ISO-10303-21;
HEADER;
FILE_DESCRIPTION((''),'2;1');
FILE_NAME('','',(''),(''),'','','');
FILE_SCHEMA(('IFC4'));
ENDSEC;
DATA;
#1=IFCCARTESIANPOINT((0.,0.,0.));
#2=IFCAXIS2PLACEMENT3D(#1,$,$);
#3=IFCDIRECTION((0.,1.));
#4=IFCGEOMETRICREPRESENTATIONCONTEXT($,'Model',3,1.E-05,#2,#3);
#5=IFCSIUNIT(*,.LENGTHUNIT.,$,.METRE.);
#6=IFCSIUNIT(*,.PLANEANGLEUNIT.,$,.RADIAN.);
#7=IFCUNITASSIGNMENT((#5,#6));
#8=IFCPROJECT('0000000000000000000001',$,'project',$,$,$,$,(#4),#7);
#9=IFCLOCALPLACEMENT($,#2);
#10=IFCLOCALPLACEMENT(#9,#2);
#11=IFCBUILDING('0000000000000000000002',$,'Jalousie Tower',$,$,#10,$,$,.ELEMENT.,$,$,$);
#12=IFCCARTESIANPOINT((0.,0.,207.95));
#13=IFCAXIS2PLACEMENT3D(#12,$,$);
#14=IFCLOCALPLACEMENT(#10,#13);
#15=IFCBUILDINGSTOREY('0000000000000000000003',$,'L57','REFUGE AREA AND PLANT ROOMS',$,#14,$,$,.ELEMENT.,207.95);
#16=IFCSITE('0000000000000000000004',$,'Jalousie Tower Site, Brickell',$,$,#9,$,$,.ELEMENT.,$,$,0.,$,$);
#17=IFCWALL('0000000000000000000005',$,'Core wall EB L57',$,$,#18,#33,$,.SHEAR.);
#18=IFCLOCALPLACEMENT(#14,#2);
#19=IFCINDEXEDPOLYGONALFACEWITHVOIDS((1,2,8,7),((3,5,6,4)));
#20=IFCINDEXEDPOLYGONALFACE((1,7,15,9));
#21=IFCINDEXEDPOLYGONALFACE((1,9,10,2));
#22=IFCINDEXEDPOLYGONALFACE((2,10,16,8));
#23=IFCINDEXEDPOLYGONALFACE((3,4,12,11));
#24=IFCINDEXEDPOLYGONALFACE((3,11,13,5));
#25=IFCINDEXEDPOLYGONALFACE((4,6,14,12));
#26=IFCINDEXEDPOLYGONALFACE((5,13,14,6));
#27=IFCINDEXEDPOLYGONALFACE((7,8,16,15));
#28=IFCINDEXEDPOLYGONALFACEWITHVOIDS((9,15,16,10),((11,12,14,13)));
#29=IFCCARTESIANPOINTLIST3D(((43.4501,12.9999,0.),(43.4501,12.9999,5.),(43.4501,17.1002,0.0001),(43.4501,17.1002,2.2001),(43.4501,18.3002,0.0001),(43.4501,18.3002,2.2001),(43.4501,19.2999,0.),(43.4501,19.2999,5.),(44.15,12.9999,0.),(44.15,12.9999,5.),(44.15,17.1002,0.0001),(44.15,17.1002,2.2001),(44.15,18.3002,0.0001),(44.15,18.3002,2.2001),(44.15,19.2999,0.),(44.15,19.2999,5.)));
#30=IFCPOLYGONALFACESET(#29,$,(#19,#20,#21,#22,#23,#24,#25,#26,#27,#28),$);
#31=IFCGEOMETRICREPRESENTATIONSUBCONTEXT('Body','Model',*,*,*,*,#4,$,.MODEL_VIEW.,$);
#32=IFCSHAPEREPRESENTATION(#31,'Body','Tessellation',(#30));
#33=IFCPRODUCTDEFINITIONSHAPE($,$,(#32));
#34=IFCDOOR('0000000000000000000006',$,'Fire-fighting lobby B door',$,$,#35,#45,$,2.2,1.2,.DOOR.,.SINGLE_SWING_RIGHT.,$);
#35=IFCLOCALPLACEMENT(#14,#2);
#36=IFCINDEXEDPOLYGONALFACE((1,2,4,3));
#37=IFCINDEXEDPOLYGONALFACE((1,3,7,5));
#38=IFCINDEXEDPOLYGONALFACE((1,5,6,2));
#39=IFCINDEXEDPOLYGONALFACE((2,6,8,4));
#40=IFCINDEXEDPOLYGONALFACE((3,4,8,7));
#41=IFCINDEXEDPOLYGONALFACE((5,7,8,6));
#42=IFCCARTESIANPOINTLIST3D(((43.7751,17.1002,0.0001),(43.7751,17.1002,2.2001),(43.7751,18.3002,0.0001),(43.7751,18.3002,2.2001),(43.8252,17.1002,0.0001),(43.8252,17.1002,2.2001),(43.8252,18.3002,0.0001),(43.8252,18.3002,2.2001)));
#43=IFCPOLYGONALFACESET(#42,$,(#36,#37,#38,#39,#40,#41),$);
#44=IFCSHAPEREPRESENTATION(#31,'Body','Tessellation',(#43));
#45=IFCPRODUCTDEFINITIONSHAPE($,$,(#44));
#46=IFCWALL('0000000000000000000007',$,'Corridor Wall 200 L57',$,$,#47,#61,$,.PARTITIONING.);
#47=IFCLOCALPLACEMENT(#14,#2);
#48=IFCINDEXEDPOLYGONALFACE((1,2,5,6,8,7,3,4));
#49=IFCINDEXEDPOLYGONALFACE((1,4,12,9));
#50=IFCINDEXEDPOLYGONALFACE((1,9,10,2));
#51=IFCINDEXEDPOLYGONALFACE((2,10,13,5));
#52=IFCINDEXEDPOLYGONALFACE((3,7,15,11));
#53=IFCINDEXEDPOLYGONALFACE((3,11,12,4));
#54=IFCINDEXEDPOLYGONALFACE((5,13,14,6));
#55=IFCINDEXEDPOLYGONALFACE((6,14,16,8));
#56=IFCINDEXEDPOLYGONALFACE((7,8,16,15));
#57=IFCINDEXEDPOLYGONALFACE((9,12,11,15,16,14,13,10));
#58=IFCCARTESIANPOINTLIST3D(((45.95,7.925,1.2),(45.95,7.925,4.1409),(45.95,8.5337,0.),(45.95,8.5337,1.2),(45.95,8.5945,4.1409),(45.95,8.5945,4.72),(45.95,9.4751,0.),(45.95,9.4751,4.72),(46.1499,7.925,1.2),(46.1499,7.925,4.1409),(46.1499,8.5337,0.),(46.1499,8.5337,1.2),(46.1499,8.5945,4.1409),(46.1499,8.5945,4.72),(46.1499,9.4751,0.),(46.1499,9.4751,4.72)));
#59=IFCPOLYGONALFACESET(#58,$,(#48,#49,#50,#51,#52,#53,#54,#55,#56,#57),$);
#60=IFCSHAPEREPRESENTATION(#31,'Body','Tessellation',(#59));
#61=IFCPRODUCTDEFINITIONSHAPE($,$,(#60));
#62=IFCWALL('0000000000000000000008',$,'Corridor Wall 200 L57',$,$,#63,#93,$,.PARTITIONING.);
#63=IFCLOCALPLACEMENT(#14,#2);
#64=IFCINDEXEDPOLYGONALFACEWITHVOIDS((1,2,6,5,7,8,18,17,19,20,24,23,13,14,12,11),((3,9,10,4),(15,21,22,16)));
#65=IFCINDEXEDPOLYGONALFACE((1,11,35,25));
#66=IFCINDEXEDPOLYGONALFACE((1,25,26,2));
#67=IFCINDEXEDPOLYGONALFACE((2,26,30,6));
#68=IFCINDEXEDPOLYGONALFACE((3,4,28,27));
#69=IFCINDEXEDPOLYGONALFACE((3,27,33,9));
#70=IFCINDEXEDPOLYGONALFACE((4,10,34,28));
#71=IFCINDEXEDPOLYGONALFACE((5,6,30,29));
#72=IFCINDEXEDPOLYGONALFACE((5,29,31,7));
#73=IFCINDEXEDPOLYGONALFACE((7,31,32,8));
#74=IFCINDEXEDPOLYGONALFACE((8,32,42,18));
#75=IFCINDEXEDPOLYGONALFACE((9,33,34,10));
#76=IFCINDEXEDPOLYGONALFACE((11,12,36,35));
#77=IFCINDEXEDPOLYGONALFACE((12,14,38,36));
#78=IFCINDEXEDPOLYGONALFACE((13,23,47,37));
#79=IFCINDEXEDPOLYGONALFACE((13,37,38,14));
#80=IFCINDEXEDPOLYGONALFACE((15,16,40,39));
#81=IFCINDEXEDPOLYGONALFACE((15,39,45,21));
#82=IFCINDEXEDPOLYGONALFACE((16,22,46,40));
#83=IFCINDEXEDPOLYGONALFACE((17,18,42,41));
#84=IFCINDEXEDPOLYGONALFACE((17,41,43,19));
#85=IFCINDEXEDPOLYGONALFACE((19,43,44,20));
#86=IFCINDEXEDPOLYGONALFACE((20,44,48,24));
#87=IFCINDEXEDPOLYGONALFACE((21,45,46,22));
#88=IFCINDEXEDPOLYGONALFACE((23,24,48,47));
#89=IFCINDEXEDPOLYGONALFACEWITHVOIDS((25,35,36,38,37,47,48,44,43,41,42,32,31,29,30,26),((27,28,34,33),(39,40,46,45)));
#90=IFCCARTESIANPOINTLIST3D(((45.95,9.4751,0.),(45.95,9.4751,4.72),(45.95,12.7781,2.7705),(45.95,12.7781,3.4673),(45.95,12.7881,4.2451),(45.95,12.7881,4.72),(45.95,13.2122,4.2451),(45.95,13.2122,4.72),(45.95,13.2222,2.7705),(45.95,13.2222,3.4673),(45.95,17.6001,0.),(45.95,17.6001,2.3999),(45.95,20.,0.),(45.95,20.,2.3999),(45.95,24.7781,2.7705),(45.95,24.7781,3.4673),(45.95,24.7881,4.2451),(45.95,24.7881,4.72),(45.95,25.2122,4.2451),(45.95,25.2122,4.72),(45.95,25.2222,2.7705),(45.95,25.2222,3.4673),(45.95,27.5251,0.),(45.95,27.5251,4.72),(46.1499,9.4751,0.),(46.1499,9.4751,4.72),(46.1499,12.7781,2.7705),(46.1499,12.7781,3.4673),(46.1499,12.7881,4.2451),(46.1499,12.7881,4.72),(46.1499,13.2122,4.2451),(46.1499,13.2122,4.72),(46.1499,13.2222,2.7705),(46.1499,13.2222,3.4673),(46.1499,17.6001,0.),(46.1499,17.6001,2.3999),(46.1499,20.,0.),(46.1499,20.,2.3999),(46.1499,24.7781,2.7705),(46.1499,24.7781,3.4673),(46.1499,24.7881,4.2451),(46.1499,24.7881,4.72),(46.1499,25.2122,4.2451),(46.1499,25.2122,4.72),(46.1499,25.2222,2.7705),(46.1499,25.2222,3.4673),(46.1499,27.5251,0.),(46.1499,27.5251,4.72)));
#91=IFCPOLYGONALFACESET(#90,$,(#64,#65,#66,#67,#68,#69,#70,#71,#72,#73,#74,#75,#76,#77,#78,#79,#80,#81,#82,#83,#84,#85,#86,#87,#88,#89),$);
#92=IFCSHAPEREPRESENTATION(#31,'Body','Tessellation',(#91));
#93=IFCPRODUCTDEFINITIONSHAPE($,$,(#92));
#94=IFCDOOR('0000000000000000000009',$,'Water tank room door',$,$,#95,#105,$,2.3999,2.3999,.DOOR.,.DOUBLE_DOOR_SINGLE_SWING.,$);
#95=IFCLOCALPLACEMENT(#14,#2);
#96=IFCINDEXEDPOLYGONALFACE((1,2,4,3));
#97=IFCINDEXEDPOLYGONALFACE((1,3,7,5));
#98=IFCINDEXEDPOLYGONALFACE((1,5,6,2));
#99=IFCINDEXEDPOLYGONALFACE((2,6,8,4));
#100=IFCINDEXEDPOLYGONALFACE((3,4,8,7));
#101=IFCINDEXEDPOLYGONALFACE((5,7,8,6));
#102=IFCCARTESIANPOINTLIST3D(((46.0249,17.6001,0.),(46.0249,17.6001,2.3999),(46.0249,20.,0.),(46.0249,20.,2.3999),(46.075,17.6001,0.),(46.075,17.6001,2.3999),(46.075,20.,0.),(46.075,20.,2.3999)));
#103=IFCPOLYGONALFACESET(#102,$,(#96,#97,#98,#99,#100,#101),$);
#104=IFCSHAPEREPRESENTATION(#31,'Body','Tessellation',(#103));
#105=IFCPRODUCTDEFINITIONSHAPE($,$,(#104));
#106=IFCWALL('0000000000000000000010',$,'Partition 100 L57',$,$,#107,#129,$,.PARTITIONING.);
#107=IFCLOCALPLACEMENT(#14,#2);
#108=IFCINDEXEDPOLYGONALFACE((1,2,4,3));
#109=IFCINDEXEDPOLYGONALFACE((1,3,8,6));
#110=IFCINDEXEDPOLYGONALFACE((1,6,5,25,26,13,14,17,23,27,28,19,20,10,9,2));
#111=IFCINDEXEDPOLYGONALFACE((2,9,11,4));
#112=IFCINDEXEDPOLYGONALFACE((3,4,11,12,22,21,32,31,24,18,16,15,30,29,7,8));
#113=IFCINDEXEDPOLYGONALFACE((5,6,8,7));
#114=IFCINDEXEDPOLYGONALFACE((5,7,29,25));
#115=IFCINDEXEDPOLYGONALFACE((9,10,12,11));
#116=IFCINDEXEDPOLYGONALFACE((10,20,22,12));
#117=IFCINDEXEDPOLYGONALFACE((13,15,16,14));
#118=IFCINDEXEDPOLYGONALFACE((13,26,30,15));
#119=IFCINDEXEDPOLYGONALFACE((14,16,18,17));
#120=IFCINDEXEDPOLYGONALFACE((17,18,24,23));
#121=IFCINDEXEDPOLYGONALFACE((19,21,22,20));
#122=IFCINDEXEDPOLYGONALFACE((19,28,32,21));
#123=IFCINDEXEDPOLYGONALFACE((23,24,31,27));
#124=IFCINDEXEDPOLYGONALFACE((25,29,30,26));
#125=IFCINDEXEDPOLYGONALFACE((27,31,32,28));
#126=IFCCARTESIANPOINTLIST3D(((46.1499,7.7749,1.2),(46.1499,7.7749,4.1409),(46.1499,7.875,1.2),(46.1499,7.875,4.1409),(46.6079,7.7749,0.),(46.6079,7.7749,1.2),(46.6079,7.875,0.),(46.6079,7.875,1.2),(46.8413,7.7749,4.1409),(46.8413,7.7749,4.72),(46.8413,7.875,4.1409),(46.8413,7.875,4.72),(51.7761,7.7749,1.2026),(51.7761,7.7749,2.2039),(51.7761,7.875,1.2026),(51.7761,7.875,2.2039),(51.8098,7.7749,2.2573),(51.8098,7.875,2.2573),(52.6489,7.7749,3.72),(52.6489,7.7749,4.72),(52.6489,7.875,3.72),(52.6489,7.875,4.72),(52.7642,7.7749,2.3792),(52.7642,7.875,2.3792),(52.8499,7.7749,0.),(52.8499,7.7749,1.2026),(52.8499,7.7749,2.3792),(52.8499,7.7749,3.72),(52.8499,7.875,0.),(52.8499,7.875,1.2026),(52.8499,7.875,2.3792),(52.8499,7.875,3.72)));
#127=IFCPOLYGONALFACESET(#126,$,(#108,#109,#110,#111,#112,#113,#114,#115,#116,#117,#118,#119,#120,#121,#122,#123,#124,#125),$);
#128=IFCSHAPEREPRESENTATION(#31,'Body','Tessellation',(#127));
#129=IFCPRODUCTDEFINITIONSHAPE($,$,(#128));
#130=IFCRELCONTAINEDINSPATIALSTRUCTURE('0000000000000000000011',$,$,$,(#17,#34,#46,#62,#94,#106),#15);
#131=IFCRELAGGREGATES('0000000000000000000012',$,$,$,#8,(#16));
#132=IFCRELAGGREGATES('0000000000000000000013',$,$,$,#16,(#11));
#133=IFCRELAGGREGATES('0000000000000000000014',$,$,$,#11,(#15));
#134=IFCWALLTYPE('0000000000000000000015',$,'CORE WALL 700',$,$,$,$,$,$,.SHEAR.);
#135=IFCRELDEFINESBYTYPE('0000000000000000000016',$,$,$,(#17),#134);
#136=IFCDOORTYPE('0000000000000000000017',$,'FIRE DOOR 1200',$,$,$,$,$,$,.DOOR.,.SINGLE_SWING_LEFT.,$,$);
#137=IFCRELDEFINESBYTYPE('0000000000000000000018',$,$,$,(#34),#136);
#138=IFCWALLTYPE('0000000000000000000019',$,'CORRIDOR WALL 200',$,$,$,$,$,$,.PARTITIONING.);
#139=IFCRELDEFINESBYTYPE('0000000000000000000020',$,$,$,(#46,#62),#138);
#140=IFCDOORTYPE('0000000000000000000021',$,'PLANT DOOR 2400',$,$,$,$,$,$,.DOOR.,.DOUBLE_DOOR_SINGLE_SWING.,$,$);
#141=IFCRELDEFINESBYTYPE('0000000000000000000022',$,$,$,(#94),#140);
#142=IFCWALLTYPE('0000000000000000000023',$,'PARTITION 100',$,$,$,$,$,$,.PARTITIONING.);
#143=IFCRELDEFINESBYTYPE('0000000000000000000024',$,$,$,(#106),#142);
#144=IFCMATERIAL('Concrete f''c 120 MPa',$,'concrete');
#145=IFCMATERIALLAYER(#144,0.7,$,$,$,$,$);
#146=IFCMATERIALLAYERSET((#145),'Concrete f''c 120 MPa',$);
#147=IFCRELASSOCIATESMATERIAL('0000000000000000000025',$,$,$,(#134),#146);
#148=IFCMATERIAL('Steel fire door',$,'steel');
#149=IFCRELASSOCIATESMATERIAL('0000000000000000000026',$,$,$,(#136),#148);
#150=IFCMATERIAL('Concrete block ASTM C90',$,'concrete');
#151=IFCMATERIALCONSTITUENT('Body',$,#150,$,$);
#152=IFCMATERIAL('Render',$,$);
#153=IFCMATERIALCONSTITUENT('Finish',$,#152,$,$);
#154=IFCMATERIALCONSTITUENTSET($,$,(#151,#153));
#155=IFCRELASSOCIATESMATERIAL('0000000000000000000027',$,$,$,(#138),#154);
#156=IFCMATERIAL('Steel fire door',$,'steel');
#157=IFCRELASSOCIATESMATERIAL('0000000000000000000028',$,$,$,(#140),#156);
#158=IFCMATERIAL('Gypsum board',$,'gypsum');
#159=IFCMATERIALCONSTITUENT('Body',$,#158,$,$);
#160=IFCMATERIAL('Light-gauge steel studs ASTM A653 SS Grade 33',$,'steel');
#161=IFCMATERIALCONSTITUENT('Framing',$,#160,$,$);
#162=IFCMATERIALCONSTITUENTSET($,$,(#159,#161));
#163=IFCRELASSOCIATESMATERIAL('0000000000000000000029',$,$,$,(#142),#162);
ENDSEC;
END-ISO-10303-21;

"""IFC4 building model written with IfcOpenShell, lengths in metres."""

from ifc_helpers import new_model, si_unit, direction, frame, frame_2d, origin, place, context, subcontext, project, spatial, polyline, rectangle, outline, extrude, material, layer, layer_set, constituent, constituent_set, type_object, element, fill, save


model = new_model("IFC4")

# Units and contexts
model_context = context("Model", 3, precision=1e-05, world=origin(), true_north=direction((0.0, 1.0)))
body_context = subcontext(model_context, "Body", "Model", "MODEL_VIEW")
ifc_project = project(units=[si_unit("LENGTHUNIT", "METRE"), si_unit("PLANEANGLEUNIT", "RADIAN")], contexts=[model_context])

# Site, building, storey
site_placement = place(None, origin())
site = spatial("IfcSite", under=ifc_project, at=site_placement, Name="Jalousie Tower Site, Brickell", CompositionType="ELEMENT", RefElevation=0.0)
building_placement = place(site_placement, origin())
building = spatial("IfcBuilding", under=site, at=building_placement, Name="Jalousie Tower", CompositionType="ELEMENT")
storey_placement = place(building_placement, frame((0.0, 0.0, 207.95)))
storey = spatial("IfcBuildingStorey", under=building, at=storey_placement, Name="L57", Description="REFUGE AREA AND PLANT ROOMS", CompositionType="ELEMENT", Elevation=207.95)

# Shared definitions
ifc_material_1 = material(Name="Concrete f'c 120 MPa", Category="concrete")
ifc_layer_1 = layer(ifc_material_1, 0.7)
ifc_layer_set_1 = layer_set([ifc_layer_1], Name="Concrete f'c 120 MPa")
wall_type_1 = type_object("IfcWallType", Name="CORE WALL 700", PredefinedType="SHEAR", material=ifc_layer_set_1)

# Wall, opening, door
wall_1_placement = place(storey_placement, frame((43.8, 13.0, 0.0), z_axis=(0.0, 0.0, 1.0), x_axis=(0.0, 1.0, 0.0)))
wall_1 = element("IfcWall", 1, at=wall_1_placement, inside=storey, type_object=wall_type_1, Name="Core wall EB L57", PredefinedType="SHEAR", context=body_context, shape_type="SweptSolid", body=[
    extrude(rectangle(XDim=6.3, YDim=0.7, at=frame_2d((3.1499, 0.0))), origin(), (0.0, 0.0, 1.0), 5.0),
])
opening_1_placement = place(wall_1_placement, frame((4.1001, 0.0, 0.0)))
opening_1 = element("IfcOpeningElement", 2, at=opening_1_placement, cuts=wall_1, PredefinedType="OPENING", context=body_context, shape_type="SweptSolid", body=[
    extrude(rectangle(XDim=1.2, YDim=2.2, at=frame_2d((0.6001, 1.1001))), frame((0.0, 0.3599, 0.0), z_axis=(0.0, -1.0, 0.0), x_axis=(1.0, 0.0, 0.0)), (0.0, 0.0, 1.0), 0.72),
])
ifc_material_2 = material(Name="Steel fire door", Category="steel")
door_type_1 = type_object("IfcDoorType", Name="FIRE DOOR 1200", OperationType="SINGLE_SWING_LEFT", PredefinedType="DOOR", material=ifc_material_2)
door_1_placement = place(opening_1_placement, origin())
door_1 = element("IfcDoor", 3, at=door_1_placement, inside=storey, type_object=door_type_1, Name="Fire-fighting lobby B door", OperationType="SINGLE_SWING_RIGHT", OverallHeight=2.2, OverallWidth=1.2, PredefinedType="DOOR", context=body_context, shape_type="SweptSolid", body=[
    extrude(rectangle(XDim=1.2, YDim=2.2, at=frame_2d((0.6001, 1.1001))), frame((0.0, 0.0249, 0.0), z_axis=(0.0, -1.0, 0.0), x_axis=(1.0, 0.0, 0.0)), (0.0, 0.0, 1.0), 0.05),
])
fill(opening_1, door_1)

# Wall
ifc_material_3 = material(Name="Concrete block ASTM C90", Category="concrete")
ifc_constituent_1 = constituent(ifc_material_3, Name="Body")
ifc_material_4 = material(Name="Render")
ifc_constituent_2 = constituent(ifc_material_4, Name="Finish")
ifc_constituent_set_1 = constituent_set(constituents=[ifc_constituent_1, ifc_constituent_2])
wall_type_2 = type_object("IfcWallType", Name="CORRIDOR WALL 200", PredefinedType="PARTITIONING", material=ifc_constituent_set_1)
wall_2_placement = place(storey_placement, frame((46.05, 7.925, 0.0), z_axis=(0.0, 0.0, 1.0), x_axis=(0.0, 1.0, 0.0)))
element("IfcWall", 4, at=wall_2_placement, inside=storey, type_object=wall_type_2, Name="Corridor Wall 200 L57", PredefinedType="PARTITIONING", context=body_context, shape_type="SweptSolid", body=[
    extrude(outline(polyline([(1.55, 0.0), (1.55, 4.72), (0.6694, 4.72), (0.6694, 4.1409), (0.0, 4.1409), (0.0, 1.2), (0.6086, 1.2), (0.6086, 0.0), (1.55, 0.0)])), frame((0.0, 0.1001, 0.0), z_axis=(0.0, -1.0, 0.0), x_axis=(1.0, 0.0, 0.0)), (0.0, 0.0, 1.0), 0.2),
])

# Wall, opening, door
wall_3_placement = place(storey_placement, frame((46.05, 9.4751, 0.0), z_axis=(0.0, 0.0, 1.0), x_axis=(0.0, 1.0, 0.0)))
wall_3 = element("IfcWall", 5, at=wall_3_placement, inside=storey, type_object=wall_type_2, Name="Corridor Wall 200 L57", PredefinedType="PARTITIONING", context=body_context, shape_type="SweptSolid", body=[
    extrude(outline(polyline([(18.05, 0.0), (18.05, 4.72), (15.7371, 4.72), (15.7371, 4.2451), (15.313, 4.2451), (15.313, 4.72), (3.7371, 4.72), (3.7371, 4.2451), (3.313, 4.2451), (3.313, 4.72), (0.0, 4.72), (0.0, 0.0), (18.05, 0.0)]), holes=[polyline([(3.303, 2.7705), (3.303, 3.4673), (3.7471, 3.4673), (3.7471, 2.7705), (3.303, 2.7705)]), polyline([(15.303, 2.7705), (15.303, 3.4673), (15.7471, 3.4673), (15.7471, 2.7705), (15.303, 2.7705)])]), frame((0.0, 0.1001, 0.0), z_axis=(0.0, -1.0, 0.0), x_axis=(1.0, 0.0, 0.0)), (0.0, 0.0, 1.0), 0.2),
])
opening_2_placement = place(wall_3_placement, frame((8.125, 0.0, 0.0)))
opening_2 = element("IfcOpeningElement", 6, at=opening_2_placement, cuts=wall_3, PredefinedType="OPENING", context=body_context, shape_type="SweptSolid", body=[
    extrude(rectangle(XDim=2.3999, YDim=2.3999, at=frame_2d((1.2, 1.2))), frame((0.0, 0.1099, 0.0), z_axis=(0.0, -1.0, 0.0), x_axis=(1.0, 0.0, 0.0)), (0.0, 0.0, 1.0), 0.22),
])
ifc_material_5 = material(Name="Steel fire door", Category="steel")
door_type_2 = type_object("IfcDoorType", Name="PLANT DOOR 2400", OperationType="DOUBLE_DOOR_SINGLE_SWING", PredefinedType="DOOR", material=ifc_material_5)
door_2_placement = place(opening_2_placement, frame((2.3999, 0.0, 0.0), z_axis=(0.0, 0.0, 1.0), x_axis=(-1.0, 0.0, 0.0)))
door_2 = element("IfcDoor", 7, at=door_2_placement, inside=storey, type_object=door_type_2, Name="Water tank room door", OperationType="DOUBLE_DOOR_SINGLE_SWING", OverallHeight=2.3999, OverallWidth=2.3999, PredefinedType="DOOR", context=body_context, shape_type="SweptSolid", body=[
    extrude(rectangle(XDim=2.3999, YDim=2.3999, at=frame_2d((1.2, 1.2))), frame((0.0, 0.0249, 0.0), z_axis=(0.0, -1.0, 0.0), x_axis=(1.0, 0.0, 0.0)), (0.0, 0.0, 1.0), 0.05),
])
fill(opening_2, door_2)

# Wall
ifc_material_6 = material(Name="Gypsum board", Category="gypsum")
ifc_constituent_3 = constituent(ifc_material_6, Name="Body")
ifc_material_7 = material(Name="Light-gauge steel studs ASTM A653 SS Grade 33", Category="steel")
ifc_constituent_4 = constituent(ifc_material_7, Name="Framing")
ifc_constituent_set_2 = constituent_set(constituents=[ifc_constituent_3, ifc_constituent_4])
wall_type_3 = type_object("IfcWallType", Name="PARTITION 100", PredefinedType="PARTITIONING", material=ifc_constituent_set_2)
wall_4_placement = place(storey_placement, frame((46.1499, 7.825, 0.0), z_axis=(0.0, 0.0, 1.0), x_axis=(1.0, 0.0, 0.0)))
element("IfcWall", 8, at=wall_4_placement, inside=storey, type_object=wall_type_3, Name="Partition 100 L57", PredefinedType="PARTITIONING", context=body_context, shape_type="SweptSolid", body=[
    extrude(outline(polyline([(0.458, 0.0), (6.7, 0.0), (6.7, 1.2026), (5.6262, 1.2026), (5.6262, 2.2039), (5.6599, 2.2573), (6.6143, 2.3792), (6.7, 2.3792), (6.7, 3.72), (6.499, 3.72), (6.499, 4.72), (0.6914, 4.72), (0.6914, 4.1409), (0.0, 4.1409), (0.0, 1.2), (0.458, 1.2), (0.458, 0.0)])), frame((0.0, 0.05, 0.0), z_axis=(0.0, -1.0, 0.0), x_axis=(1.0, 0.0, 0.0)), (0.0, 0.0, 1.0), 0.1001),
])

save(model, "model.ifc")
